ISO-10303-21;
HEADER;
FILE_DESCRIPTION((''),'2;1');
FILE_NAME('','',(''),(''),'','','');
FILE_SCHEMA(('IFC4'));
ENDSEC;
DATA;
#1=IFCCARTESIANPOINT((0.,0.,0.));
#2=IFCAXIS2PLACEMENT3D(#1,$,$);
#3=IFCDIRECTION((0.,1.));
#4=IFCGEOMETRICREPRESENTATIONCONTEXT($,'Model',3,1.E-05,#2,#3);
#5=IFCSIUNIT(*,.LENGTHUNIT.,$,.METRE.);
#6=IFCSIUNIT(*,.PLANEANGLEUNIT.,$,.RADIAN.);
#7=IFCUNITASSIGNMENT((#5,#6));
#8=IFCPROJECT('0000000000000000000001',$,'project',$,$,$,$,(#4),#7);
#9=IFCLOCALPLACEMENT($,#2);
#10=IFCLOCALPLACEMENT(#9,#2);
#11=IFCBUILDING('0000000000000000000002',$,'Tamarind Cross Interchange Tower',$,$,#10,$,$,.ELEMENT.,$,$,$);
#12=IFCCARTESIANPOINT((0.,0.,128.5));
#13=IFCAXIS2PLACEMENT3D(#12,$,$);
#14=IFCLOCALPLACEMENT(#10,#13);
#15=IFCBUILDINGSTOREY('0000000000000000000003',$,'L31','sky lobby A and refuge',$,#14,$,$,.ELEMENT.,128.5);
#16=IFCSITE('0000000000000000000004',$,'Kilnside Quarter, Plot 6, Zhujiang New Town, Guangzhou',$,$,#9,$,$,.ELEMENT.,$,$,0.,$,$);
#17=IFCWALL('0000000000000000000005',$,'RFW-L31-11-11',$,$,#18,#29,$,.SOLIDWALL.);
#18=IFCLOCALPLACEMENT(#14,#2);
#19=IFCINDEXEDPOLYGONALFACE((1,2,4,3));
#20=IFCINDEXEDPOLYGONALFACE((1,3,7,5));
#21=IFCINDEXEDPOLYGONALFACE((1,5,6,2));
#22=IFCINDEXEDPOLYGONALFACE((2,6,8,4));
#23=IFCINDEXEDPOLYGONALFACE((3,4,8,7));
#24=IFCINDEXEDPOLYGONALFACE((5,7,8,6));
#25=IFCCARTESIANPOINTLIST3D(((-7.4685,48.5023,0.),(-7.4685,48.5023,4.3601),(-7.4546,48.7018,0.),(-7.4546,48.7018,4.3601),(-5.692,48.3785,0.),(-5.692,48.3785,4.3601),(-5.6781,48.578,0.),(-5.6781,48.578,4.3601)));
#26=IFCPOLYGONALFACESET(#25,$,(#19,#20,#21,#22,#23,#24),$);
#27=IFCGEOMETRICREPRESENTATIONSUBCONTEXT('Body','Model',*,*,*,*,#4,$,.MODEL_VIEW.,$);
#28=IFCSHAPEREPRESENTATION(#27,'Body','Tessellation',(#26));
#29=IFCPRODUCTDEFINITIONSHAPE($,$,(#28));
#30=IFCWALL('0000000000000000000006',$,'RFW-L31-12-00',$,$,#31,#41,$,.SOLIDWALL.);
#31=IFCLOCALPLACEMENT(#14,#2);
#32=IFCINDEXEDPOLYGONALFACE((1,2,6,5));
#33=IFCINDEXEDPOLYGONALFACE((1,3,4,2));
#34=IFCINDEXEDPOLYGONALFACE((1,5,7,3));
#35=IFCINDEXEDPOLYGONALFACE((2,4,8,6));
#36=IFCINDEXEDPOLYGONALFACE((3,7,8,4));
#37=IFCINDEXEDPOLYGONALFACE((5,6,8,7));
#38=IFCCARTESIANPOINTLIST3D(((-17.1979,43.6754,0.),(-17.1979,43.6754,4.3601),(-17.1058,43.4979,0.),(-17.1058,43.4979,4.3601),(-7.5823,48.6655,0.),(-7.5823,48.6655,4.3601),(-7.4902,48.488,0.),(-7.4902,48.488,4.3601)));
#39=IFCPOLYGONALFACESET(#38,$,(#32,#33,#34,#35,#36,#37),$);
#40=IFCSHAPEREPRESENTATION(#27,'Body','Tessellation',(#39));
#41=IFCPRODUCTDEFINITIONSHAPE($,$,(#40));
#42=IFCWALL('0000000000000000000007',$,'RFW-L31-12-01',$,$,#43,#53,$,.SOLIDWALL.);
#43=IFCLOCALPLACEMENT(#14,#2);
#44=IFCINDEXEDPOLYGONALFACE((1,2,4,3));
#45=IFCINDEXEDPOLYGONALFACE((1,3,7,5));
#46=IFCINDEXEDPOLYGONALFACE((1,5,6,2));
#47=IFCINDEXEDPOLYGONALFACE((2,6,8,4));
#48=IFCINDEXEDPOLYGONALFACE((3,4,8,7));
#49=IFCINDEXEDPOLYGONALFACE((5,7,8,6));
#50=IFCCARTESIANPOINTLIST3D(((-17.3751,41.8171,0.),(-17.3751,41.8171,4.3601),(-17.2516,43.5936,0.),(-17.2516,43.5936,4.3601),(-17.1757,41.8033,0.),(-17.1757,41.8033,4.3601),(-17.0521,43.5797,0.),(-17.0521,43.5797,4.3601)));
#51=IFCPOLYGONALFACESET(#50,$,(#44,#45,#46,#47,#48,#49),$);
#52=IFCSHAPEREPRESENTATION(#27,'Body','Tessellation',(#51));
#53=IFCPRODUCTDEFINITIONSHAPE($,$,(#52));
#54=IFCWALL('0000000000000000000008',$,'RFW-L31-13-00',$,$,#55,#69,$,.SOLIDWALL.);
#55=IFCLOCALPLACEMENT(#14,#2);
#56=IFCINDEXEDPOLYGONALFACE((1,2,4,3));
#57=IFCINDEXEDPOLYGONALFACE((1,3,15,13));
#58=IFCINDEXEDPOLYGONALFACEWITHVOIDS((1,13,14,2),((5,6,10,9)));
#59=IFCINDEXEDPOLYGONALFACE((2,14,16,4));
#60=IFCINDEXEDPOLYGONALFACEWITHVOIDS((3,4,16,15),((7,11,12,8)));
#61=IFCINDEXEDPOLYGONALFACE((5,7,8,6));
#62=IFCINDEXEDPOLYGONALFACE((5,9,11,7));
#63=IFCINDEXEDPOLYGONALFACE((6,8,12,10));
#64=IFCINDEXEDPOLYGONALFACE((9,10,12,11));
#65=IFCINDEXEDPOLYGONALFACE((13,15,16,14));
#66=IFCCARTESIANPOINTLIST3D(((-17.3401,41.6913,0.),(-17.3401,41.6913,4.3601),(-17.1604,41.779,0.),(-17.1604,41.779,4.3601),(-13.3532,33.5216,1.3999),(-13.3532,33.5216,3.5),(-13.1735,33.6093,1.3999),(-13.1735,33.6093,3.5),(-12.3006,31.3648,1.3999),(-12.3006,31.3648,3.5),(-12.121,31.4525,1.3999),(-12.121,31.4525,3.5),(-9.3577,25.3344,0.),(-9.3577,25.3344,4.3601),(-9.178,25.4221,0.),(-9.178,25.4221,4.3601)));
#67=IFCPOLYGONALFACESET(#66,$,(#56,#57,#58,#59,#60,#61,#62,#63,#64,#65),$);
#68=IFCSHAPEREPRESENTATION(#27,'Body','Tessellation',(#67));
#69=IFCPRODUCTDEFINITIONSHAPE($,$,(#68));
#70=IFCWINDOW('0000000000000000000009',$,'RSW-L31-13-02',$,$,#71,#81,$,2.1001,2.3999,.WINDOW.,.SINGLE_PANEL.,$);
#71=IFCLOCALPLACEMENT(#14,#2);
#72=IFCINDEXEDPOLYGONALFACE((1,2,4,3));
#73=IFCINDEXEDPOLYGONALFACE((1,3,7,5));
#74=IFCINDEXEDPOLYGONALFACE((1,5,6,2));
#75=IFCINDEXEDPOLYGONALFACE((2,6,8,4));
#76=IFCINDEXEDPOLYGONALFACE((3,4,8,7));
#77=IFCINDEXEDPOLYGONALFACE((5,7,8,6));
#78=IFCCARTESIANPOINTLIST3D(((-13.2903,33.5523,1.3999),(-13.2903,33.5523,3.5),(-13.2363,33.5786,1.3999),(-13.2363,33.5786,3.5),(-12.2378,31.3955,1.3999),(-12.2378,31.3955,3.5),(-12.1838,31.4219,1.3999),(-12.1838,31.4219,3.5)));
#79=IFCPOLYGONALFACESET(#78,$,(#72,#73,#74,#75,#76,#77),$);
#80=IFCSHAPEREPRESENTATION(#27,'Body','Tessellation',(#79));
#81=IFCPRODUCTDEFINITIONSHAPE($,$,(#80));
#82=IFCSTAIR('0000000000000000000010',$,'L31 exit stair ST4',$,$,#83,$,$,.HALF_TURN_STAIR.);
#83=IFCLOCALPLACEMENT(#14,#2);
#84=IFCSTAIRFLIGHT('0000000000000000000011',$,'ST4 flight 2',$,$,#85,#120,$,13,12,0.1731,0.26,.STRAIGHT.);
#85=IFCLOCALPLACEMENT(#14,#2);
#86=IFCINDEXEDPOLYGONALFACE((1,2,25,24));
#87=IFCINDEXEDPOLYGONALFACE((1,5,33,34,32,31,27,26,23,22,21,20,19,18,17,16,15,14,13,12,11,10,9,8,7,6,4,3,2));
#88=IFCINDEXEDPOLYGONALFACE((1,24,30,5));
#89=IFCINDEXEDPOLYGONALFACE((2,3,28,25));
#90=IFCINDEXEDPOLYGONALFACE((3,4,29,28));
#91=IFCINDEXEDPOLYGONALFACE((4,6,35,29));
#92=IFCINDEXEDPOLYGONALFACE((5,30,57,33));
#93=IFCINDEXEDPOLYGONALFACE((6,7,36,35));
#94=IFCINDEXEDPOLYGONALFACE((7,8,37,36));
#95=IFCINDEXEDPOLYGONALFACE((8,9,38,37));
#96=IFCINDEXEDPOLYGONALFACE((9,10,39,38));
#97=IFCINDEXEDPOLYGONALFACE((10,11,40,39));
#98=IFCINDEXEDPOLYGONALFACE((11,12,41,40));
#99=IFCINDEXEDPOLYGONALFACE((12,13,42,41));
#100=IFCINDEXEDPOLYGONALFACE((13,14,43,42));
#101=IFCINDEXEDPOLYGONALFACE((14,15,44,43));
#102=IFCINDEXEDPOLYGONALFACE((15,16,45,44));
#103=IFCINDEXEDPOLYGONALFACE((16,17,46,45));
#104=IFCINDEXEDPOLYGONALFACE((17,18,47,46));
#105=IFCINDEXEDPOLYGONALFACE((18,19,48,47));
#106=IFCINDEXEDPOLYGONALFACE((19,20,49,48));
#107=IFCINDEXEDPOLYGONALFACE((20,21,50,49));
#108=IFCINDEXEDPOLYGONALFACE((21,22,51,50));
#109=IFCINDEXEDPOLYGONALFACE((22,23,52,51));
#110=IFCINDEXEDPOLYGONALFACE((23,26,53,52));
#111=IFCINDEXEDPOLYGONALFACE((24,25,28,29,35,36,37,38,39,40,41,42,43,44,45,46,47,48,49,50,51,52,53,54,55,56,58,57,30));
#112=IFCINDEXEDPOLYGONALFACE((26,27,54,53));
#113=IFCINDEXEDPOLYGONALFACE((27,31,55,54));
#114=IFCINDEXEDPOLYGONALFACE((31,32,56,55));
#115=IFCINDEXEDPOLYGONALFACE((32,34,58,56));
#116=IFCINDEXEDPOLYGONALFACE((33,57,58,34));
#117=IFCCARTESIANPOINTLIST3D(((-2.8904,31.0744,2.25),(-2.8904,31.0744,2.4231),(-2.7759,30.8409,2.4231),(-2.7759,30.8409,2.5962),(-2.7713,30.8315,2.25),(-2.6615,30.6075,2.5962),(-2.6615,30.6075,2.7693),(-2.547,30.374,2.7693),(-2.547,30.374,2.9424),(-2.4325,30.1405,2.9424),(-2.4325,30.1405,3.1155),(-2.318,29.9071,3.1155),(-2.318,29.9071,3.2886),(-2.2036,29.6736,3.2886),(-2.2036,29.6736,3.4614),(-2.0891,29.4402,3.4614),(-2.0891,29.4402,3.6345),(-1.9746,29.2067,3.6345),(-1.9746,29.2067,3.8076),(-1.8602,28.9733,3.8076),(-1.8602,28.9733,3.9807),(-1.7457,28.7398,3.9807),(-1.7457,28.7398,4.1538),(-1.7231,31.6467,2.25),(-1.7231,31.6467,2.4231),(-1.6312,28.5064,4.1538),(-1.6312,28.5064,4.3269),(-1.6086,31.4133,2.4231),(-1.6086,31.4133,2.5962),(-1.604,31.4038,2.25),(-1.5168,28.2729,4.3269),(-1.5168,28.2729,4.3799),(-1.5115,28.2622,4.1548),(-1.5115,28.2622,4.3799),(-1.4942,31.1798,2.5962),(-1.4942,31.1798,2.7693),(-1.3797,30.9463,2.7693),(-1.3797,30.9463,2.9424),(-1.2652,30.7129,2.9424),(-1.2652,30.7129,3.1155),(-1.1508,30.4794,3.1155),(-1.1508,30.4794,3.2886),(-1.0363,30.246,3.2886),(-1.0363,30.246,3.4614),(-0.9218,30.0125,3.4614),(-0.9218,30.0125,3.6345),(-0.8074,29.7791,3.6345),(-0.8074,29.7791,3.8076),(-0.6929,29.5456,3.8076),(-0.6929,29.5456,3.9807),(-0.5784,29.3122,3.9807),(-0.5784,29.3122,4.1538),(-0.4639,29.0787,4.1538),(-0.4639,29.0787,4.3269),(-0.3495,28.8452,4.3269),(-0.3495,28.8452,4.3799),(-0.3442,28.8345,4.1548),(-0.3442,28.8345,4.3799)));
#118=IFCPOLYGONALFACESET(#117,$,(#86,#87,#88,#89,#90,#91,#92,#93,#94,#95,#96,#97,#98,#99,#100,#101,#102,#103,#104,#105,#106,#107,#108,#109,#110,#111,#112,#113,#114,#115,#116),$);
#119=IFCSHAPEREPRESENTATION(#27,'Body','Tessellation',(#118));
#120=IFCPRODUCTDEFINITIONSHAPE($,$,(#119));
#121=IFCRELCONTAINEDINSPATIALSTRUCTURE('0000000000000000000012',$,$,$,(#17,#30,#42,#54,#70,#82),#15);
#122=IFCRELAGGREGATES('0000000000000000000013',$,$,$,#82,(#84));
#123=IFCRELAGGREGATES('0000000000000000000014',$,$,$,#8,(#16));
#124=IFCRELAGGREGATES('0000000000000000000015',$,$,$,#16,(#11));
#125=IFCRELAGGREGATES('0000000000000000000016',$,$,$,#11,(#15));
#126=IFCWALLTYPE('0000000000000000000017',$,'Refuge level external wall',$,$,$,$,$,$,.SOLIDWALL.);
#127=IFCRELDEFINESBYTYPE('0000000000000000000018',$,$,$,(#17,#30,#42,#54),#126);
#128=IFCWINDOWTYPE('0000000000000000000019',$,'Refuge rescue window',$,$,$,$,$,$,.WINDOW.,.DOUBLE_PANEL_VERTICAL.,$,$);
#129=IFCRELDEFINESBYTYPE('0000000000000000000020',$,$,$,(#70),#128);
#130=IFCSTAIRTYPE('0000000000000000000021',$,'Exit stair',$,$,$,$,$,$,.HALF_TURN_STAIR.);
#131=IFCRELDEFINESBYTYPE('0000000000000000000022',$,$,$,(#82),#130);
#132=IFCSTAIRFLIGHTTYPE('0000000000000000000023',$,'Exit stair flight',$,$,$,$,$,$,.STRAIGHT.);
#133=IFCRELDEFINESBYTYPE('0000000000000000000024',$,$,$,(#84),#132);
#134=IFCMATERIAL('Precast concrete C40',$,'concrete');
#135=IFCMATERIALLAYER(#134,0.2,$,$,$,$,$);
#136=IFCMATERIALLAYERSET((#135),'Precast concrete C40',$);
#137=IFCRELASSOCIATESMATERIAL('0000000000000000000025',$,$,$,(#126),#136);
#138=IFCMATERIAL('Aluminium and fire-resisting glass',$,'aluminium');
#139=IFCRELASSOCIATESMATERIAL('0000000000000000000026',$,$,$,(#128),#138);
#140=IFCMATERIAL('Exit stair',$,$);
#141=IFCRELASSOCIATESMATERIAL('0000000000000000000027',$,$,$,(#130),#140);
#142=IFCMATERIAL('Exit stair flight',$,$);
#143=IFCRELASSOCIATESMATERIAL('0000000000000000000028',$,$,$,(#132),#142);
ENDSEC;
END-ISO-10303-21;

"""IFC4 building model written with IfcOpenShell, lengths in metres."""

from ifc_helpers import new_model, si_unit, direction, frame, frame_2d, origin, place, context, subcontext, project, spatial, polyline, rectangle, outline, extrude, material, layer, layer_set, type_object, element, fill, aggregate, save


model = new_model("IFC4")

# Units and contexts
model_context = context("Model", 3, precision=1e-05, world=origin(), true_north=direction((0.0, 1.0)))
body_context = subcontext(model_context, "Body", "Model", "MODEL_VIEW")
ifc_project = project(units=[si_unit("LENGTHUNIT", "METRE"), si_unit("PLANEANGLEUNIT", "RADIAN")], contexts=[model_context])

# Site, building, storey
site_placement = place(None, origin())
site = spatial("IfcSite", under=ifc_project, at=site_placement, Name="Kilnside Quarter, Plot 6, Zhujiang New Town, Guangzhou", CompositionType="ELEMENT", RefElevation=0.0)
building_placement = place(site_placement, origin())
building = spatial("IfcBuilding", under=site, at=building_placement, Name="Tamarind Cross Interchange Tower", CompositionType="ELEMENT")
storey_placement = place(building_placement, frame((0.0, 0.0, 128.5)))
storey = spatial("IfcBuildingStorey", under=building, at=storey_placement, Name="L31", Description="sky lobby A and refuge", CompositionType="ELEMENT", Elevation=128.5)

# Walls
ifc_material_1 = material(Name="Precast concrete C40", Category="concrete")
ifc_layer_1 = layer(ifc_material_1, 0.2)
ifc_layer_set_1 = layer_set([ifc_layer_1], Name="Precast concrete C40")
wall_type_1 = type_object("IfcWallType", Name="Refuge level external wall", PredefinedType="SOLIDWALL", material=ifc_layer_set_1)
wall_1_placement = place(storey_placement, frame((-5.6851, 48.4783, 0.0), z_axis=(0.0, 0.0, 1.0), x_axis=(-0.997581, 0.069513, 0.0)))
element("IfcWall", 1, at=wall_1_placement, inside=storey, type_object=wall_type_1, Name="RFW-L31-11-11", PredefinedType="SOLIDWALL", context=body_context, shape_type="SweptSolid", body=[
    extrude(rectangle(XDim=1.7808, YDim=0.2, at=frame_2d((0.8904, 0.0))), origin(), (0.0, 0.0, 1.0), 4.3601),
])
wall_2_placement = place(storey_placement, frame((-7.5364, 48.5767, 0.0), z_axis=(0.0, 0.0, 1.0), x_axis=(-0.887597, -0.460622, 0.0)))
element("IfcWall", 2, at=wall_2_placement, inside=storey, type_object=wall_type_1, Name="RFW-L31-12-00", PredefinedType="SOLIDWALL", context=body_context, shape_type="SweptSolid", body=[
    extrude(rectangle(XDim=10.8333, YDim=0.2, at=frame_2d((5.4165, 0.0))), origin(), (0.0, 0.0, 1.0), 4.3601),
])
wall_3_placement = place(storey_placement, frame((-17.1519, 43.5867, 0.0), z_axis=(0.0, 0.0, 1.0), x_axis=(-0.069376, -0.997591, 0.0)))
element("IfcWall", 3, at=wall_3_placement, inside=storey, type_object=wall_type_1, Name="RFW-L31-12-01", PredefinedType="SOLIDWALL", context=body_context, shape_type="SweptSolid", body=[
    extrude(rectangle(XDim=1.7808, YDim=0.2, at=frame_2d((0.8904, 0.0))), origin(), (0.0, 0.0, 1.0), 4.3601),
])

# Wall, opening, window
wall_4_placement = place(storey_placement, frame((-17.2502, 41.7351, 0.0), z_axis=(0.0, 0.0, 1.0), x_axis=(0.438576, -0.898694, 0.0)))
wall_4 = element("IfcWall", 4, at=wall_4_placement, inside=storey, type_object=wall_type_1, Name="RFW-L31-13-00", PredefinedType="SOLIDWALL", context=body_context, shape_type="SweptSolid", body=[
    extrude(rectangle(XDim=18.2007, YDim=0.2, at=frame_2d((9.1003, 0.0))), origin(), (0.0, 0.0, 1.0), 4.3601),
])
opening_1_placement = place(wall_4_placement, frame((9.0906, 0.0, 1.3999)))
opening_1 = element("IfcOpeningElement", 5, at=opening_1_placement, cuts=wall_4, PredefinedType="OPENING", context=body_context, shape_type="SweptSolid", body=[
    extrude(rectangle(XDim=2.3999, YDim=2.1001, at=frame_2d((1.2, 1.05))), frame((0.0, 0.1099, 0.0), z_axis=(0.0, -1.0, 0.0), x_axis=(1.0, 0.0, 0.0)), (0.0, 0.0, 1.0), 0.22),
])
ifc_material_2 = material(Name="Aluminium and fire-resisting glass", Category="aluminium")
window_type = type_object("IfcWindowType", Name="Refuge rescue window", PartitioningType="DOUBLE_PANEL_VERTICAL", PredefinedType="WINDOW", material=ifc_material_2)
window_placement = place(opening_1_placement, origin())
window = element("IfcWindow", 6, at=window_placement, inside=storey, type_object=window_type, Name="RSW-L31-13-02", OverallHeight=2.1001, OverallWidth=2.3999, PartitioningType="SINGLE_PANEL", PredefinedType="WINDOW", context=body_context, shape_type="SweptSolid", body=[
    extrude(rectangle(XDim=2.3999, YDim=2.1001, at=frame_2d((1.2, 1.05))), frame((0.0, 0.03, 0.0), z_axis=(0.0, -1.0, 0.0), x_axis=(1.0, 0.0, 0.0)), (0.0, 0.0, 1.0), 0.0601),
])
fill(opening_1, window)

# Stair, stair flight
ifc_material_3 = material(Name="Exit stair")
stair_type = type_object("IfcStairType", Name="Exit stair", PredefinedType="HALF_TURN_STAIR", material=ifc_material_3)
stair_placement = place(storey_placement, origin())
stair = element("IfcStair", 7, at=stair_placement, inside=storey, type_object=stair_type, Name="L31 exit stair ST4", PredefinedType="HALF_TURN_STAIR")
ifc_material_4 = material(Name="Exit stair flight")
stair_flight_type = type_object("IfcStairFlightType", Name="Exit stair flight", PredefinedType="STRAIGHT", material=ifc_material_4)
stair_flight_placement = place(storey_placement, frame((-2.3066, 31.3606, 2.25), z_axis=(0.0, 0.0, 1.0), x_axis=(0.440253, -0.897874, 0.0)))
stair_flight = element("IfcStairFlight", 8, at=stair_flight_placement, type_object=stair_flight_type, Name="ST4 flight 2", NumberOfRisers=13, NumberOfTreads=12, PredefinedType="STRAIGHT", RiserHeight=0.1731, TreadLength=0.26, context=body_context, shape_type="SweptSolid", body=[
    extrude(outline(polyline([(0.0, 0.0), (0.0, 0.1731), (0.26, 0.1731), (0.26, 0.3462), (0.52, 0.3462), (0.52, 0.5193), (0.78, 0.5193), (0.78, 0.6924), (1.04, 0.6924), (1.04, 0.8655), (1.3, 0.8655), (1.3, 1.0386), (1.5601, 1.0386), (1.5601, 1.2114), (1.8201, 1.2114), (1.8201, 1.3845), (2.0801, 1.3845), (2.0801, 1.5576), (2.3401, 1.5576), (2.3401, 1.7307), (2.6001, 1.7307), (2.6001, 1.9038), (2.8601, 1.9038), (2.8601, 2.0769), (3.1201, 2.0769), (3.1201, 2.1299), (3.1321, 2.1299), (3.1321, 1.9048), (0.2705, 0.0), (0.0, 0.0)])), frame((0.0, 0.6499, 0.0), z_axis=(0.0, -1.0, 0.0), x_axis=(1.0, 0.0, 0.0)), (0.0, 0.0, 1.0), 1.3),
])
aggregate(stair, [stair_flight])

save(model, "model.ifc")
